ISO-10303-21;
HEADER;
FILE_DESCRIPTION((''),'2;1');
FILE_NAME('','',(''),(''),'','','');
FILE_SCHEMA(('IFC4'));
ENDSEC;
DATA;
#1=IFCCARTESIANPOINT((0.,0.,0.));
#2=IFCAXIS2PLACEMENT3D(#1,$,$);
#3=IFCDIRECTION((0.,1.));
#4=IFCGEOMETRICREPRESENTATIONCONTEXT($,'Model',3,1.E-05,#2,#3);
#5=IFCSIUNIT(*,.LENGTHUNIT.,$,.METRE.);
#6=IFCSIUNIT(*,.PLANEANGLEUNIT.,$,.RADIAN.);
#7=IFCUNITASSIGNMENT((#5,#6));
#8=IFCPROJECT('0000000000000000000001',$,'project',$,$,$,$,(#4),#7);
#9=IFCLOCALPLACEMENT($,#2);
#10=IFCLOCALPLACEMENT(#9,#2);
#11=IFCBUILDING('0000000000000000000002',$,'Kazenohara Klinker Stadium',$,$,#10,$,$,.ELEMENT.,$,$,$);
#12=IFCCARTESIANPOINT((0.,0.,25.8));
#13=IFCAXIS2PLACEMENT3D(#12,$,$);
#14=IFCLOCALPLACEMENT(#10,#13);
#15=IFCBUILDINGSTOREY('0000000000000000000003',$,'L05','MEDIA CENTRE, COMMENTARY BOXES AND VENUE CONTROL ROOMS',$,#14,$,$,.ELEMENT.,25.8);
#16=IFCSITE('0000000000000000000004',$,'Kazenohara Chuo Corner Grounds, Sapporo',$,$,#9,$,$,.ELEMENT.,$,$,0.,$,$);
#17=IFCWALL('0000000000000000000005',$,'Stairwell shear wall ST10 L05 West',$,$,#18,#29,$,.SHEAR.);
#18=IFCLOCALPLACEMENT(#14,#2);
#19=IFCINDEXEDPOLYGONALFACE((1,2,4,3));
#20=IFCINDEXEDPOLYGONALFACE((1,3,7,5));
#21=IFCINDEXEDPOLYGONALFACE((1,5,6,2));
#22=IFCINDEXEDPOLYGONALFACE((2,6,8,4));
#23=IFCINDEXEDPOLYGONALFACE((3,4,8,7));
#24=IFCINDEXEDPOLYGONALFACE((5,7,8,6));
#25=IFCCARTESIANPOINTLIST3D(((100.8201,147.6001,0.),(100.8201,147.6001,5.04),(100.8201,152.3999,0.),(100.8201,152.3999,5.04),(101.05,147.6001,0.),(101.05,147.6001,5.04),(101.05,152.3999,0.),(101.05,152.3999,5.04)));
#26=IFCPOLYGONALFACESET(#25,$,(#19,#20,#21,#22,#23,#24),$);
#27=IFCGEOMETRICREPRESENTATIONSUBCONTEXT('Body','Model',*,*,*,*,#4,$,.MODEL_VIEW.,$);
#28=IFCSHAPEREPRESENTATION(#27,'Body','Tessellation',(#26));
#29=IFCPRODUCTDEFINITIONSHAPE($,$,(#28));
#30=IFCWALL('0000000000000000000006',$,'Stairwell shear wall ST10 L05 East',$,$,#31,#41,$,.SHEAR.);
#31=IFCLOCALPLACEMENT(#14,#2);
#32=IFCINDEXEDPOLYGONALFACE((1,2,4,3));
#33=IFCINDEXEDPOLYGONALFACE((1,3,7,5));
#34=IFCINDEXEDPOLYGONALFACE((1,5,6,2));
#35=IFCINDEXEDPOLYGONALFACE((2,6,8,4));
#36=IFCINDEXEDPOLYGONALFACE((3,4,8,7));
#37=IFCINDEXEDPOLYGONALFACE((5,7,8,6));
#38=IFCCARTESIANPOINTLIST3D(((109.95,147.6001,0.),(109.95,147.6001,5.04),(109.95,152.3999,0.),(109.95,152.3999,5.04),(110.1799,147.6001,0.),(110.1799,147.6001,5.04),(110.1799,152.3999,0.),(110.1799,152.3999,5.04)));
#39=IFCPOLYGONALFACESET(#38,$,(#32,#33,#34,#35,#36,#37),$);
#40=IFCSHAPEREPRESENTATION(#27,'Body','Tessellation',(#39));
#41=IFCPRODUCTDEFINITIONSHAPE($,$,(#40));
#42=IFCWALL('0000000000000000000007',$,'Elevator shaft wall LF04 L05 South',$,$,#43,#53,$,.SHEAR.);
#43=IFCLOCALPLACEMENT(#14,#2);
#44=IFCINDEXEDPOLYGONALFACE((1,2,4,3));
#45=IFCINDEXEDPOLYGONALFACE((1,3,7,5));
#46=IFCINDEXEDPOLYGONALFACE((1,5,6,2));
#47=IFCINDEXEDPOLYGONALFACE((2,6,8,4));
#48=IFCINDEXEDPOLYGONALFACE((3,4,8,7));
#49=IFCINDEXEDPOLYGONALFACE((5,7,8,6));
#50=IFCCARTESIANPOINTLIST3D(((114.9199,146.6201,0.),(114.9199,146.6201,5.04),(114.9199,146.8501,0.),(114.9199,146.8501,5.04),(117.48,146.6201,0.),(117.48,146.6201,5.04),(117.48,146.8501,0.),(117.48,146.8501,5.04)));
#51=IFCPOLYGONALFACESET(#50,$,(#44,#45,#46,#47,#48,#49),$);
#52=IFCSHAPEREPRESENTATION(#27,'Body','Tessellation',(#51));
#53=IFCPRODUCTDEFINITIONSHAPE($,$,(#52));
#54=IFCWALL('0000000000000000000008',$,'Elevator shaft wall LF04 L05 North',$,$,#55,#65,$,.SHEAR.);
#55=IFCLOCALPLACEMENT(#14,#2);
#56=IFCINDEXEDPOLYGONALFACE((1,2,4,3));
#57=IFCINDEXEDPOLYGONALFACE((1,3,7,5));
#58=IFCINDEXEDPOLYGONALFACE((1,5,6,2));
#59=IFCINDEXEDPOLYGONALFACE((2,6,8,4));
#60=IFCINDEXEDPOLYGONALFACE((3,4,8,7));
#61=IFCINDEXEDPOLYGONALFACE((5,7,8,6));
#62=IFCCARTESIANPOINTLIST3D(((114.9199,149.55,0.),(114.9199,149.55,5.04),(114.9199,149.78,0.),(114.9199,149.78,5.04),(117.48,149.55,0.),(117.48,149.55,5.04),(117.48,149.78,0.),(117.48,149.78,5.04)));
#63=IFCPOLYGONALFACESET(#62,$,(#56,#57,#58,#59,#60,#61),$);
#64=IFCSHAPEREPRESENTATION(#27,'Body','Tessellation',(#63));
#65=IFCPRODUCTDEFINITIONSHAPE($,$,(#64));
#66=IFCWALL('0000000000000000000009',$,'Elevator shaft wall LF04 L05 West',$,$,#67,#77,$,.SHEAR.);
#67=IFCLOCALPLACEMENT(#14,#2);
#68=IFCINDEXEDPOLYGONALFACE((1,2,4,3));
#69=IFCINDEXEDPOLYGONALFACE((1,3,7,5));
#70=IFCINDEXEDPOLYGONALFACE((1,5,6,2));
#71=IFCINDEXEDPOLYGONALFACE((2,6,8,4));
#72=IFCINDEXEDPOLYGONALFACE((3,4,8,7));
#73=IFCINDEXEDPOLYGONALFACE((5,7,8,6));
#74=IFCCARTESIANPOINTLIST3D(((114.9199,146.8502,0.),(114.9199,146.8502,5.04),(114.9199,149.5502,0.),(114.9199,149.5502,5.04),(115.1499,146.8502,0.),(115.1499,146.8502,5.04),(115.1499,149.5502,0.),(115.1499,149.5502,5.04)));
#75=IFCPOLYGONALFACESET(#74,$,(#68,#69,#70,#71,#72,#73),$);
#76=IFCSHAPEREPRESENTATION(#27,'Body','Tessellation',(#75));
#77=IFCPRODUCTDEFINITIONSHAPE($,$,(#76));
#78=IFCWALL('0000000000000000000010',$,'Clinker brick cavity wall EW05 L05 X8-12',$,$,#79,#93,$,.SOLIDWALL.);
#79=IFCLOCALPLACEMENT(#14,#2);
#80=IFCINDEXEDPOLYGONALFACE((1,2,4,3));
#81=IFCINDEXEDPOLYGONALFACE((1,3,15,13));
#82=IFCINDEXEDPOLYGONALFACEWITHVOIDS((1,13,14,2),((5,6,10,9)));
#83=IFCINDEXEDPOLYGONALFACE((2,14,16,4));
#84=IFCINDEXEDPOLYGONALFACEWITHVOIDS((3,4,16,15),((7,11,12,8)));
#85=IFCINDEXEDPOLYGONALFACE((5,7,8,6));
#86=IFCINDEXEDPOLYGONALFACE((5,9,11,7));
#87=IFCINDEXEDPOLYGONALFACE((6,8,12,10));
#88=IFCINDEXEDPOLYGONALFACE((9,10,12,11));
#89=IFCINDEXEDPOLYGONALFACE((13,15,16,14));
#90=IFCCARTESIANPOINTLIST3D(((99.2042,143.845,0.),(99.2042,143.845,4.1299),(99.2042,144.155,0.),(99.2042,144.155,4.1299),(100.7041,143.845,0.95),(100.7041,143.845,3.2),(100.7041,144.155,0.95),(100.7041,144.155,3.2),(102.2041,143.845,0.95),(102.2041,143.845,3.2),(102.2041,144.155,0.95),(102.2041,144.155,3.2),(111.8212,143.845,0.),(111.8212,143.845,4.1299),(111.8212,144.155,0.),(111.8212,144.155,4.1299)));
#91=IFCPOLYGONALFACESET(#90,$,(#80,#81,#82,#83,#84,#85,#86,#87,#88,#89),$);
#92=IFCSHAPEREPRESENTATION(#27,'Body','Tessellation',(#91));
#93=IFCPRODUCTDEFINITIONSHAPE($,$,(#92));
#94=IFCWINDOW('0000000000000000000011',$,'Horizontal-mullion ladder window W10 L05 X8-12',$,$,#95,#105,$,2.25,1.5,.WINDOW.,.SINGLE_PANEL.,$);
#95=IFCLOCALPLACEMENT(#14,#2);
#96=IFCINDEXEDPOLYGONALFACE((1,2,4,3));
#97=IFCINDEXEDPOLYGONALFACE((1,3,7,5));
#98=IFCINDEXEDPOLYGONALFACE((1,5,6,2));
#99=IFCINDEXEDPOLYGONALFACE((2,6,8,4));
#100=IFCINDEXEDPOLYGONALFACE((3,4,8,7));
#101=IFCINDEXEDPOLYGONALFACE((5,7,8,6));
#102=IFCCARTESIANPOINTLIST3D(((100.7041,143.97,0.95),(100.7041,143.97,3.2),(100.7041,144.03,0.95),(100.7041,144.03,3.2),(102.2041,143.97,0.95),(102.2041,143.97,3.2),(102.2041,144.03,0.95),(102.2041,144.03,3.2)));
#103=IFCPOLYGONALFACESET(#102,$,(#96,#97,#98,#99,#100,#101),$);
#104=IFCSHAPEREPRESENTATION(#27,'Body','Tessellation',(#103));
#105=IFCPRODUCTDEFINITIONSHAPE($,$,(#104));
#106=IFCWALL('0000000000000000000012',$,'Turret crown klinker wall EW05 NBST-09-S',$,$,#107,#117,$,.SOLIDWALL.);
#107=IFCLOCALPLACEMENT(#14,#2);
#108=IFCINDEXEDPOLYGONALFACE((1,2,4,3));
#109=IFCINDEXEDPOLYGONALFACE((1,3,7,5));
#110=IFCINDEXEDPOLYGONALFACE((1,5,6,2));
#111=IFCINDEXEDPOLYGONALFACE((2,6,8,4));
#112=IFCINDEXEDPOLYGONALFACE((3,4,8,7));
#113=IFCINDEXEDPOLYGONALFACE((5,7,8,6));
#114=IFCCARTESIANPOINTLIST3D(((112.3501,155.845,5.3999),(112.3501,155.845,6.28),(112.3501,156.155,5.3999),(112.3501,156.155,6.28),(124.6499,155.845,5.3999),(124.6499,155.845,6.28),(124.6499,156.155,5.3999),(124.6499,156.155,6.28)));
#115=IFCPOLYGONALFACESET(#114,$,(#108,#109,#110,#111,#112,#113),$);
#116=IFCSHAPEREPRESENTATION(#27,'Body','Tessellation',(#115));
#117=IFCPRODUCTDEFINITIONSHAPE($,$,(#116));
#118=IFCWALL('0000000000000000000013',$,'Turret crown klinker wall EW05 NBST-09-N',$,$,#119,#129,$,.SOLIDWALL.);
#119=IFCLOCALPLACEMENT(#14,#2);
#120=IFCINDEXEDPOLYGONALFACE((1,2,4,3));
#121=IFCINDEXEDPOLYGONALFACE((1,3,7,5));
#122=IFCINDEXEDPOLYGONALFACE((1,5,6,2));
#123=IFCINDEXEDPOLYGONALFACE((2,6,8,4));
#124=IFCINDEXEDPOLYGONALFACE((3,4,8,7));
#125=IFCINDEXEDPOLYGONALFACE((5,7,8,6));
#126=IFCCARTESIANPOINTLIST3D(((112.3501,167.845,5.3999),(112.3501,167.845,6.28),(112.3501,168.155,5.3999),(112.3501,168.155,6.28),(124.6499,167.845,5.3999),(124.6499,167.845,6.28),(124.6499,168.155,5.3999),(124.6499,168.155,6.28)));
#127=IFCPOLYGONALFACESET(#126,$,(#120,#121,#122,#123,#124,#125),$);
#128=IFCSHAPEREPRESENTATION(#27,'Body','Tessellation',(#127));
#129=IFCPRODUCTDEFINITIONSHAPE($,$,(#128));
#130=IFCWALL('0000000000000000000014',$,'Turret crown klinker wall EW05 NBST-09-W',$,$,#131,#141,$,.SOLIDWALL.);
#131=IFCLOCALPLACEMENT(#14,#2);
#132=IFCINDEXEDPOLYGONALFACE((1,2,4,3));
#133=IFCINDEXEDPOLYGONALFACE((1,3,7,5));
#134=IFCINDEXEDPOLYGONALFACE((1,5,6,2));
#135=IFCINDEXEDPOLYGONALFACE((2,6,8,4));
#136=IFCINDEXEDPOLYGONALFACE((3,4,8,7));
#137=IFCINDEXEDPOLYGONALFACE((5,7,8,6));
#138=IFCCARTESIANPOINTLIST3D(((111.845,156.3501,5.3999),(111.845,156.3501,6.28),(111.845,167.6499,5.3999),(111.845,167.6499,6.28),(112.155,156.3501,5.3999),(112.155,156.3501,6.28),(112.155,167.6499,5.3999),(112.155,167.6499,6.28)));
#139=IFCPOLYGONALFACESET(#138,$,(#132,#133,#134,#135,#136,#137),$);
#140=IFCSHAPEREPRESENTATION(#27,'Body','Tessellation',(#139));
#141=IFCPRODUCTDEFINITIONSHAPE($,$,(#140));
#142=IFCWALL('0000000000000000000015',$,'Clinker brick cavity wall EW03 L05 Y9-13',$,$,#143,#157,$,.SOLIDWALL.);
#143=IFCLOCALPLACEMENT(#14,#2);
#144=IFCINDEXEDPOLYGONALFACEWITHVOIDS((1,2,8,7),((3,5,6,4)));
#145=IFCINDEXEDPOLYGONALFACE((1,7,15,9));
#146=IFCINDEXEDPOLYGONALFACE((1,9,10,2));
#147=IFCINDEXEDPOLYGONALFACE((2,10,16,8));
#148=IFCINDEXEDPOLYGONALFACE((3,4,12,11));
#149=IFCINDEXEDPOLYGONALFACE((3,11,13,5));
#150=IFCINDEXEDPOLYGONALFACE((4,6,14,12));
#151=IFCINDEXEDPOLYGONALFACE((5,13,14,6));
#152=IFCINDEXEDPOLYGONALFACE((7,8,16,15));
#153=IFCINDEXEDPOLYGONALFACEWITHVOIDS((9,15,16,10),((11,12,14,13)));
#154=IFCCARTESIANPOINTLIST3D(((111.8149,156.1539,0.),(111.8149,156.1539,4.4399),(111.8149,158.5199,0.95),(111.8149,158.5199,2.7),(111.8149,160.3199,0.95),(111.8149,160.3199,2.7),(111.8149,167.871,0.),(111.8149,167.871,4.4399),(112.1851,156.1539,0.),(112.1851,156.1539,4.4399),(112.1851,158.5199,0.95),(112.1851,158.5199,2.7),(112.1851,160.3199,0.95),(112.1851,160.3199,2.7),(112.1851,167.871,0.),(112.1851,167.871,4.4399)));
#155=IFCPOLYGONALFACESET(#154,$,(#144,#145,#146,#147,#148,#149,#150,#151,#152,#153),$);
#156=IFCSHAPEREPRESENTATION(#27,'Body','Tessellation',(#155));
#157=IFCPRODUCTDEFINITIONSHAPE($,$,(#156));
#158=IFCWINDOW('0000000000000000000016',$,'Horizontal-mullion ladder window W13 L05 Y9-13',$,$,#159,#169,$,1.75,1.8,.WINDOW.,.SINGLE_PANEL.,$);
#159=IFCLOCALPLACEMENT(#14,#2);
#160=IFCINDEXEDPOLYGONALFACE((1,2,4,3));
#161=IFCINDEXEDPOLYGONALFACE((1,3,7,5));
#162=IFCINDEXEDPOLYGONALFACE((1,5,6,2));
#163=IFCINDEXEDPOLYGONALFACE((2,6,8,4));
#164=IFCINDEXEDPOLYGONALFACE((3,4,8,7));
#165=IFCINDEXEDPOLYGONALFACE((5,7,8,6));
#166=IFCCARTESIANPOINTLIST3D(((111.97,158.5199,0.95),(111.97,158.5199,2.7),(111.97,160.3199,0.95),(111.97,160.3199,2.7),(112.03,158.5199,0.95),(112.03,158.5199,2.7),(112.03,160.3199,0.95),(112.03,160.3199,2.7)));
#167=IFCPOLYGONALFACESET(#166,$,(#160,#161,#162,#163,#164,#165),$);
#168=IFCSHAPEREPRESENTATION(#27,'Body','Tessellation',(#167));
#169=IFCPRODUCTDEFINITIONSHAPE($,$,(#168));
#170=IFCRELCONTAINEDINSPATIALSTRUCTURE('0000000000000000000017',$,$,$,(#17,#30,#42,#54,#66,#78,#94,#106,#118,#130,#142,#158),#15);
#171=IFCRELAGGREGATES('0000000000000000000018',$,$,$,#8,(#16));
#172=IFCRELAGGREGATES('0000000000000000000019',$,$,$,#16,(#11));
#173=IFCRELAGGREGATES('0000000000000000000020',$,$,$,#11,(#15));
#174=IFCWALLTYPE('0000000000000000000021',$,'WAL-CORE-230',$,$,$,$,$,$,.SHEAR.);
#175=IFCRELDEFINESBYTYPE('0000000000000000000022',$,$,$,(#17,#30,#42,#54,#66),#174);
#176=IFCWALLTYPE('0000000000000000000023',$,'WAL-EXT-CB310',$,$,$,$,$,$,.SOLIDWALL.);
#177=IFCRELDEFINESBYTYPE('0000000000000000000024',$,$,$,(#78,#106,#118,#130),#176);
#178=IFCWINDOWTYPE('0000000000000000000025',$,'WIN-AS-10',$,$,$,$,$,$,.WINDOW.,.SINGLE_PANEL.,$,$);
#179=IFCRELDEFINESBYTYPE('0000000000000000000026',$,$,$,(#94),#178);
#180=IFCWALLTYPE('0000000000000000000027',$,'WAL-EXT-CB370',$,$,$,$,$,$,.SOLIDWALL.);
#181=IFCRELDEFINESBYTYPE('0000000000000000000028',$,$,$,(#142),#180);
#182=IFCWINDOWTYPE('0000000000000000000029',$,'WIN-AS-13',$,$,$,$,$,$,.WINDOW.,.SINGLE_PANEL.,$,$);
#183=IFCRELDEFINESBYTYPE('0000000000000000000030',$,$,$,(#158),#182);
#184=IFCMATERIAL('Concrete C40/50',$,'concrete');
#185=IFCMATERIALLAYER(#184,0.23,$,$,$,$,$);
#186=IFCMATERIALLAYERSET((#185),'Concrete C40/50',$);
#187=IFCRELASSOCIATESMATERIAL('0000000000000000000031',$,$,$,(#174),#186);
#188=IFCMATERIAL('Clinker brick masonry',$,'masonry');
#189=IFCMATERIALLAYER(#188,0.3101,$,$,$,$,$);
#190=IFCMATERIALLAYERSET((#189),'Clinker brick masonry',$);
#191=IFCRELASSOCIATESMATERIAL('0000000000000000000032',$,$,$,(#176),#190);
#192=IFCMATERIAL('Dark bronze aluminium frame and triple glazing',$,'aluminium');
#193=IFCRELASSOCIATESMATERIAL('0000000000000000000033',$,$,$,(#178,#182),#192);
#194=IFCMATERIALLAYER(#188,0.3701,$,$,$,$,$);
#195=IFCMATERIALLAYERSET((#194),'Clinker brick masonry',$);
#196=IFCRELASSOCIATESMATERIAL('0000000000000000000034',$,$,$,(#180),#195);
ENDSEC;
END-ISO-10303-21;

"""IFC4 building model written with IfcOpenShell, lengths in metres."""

from ifc_helpers import new_model, si_unit, direction, frame, frame_2d, origin, place, context, subcontext, project, spatial, rectangle, extrude, material, layer, layer_set, type_object, element, fill, save


model = new_model("IFC4")

# Units and contexts
model_context = context("Model", 3, precision=1e-05, world=origin(), true_north=direction((0.0, 1.0)))
body_context = subcontext(model_context, "Body", "Model", "MODEL_VIEW")
ifc_project = project(units=[si_unit("LENGTHUNIT", "METRE"), si_unit("PLANEANGLEUNIT", "RADIAN")], contexts=[model_context])

# Site, building, storey
site_placement = place(None, origin())
site = spatial("IfcSite", under=ifc_project, at=site_placement, Name="Kazenohara Chuo Corner Grounds, Sapporo", CompositionType="ELEMENT", RefElevation=0.0)
building_placement = place(site_placement, origin())
building = spatial("IfcBuilding", under=site, at=building_placement, Name="Kazenohara Klinker Stadium", CompositionType="ELEMENT")
storey_placement = place(building_placement, frame((0.0, 0.0, 25.8)))
storey = spatial("IfcBuildingStorey", under=building, at=storey_placement, Name="L05", Description="MEDIA CENTRE, COMMENTARY BOXES AND VENUE CONTROL ROOMS", CompositionType="ELEMENT", Elevation=25.8)

# Shared definitions
ifc_material_1 = material(Name="Concrete C40/50", Category="concrete")

# Shared definitions
ifc_layer_1 = layer(ifc_material_1, 0.23)
ifc_layer_set_1 = layer_set([ifc_layer_1], Name="Concrete C40/50")
wall_type_1 = type_object("IfcWallType", Name="WAL-CORE-230", PredefinedType="SHEAR", material=ifc_layer_set_1)

# Walls
for number, where, z_axis, x_axis, name in (
    (1, (100.9351, 147.6001, 0.0), (0.0, 0.0, 1.0), (0.0, 1.0, 0.0), "Stairwell shear wall ST10 L05 West"),
    (2, (110.0649, 147.6001, 0.0), (0.0, 0.0, 1.0), (0.0, 1.0, 0.0), "Stairwell shear wall ST10 L05 East"),
):
    element("IfcWall", number, at=place(storey_placement, frame(where, z_axis=z_axis, x_axis=x_axis)), inside=storey, type_object=wall_type_1, Name=name, PredefinedType="SHEAR", context=body_context, shape_type="SweptSolid", body=[
        extrude(rectangle(XDim=4.7998, YDim=0.23, at=frame_2d((2.3999, 0.0))), origin(), (0.0, 0.0, 1.0), 5.04),
    ])
for number, where, z_axis, x_axis, name in (
    (3, (114.9199, 146.7351, 0.0), (0.0, 0.0, 1.0), (1.0, 0.0, 0.0), "Elevator shaft wall LF04 L05 South"),
    (4, (114.9199, 149.665, 0.0), (0.0, 0.0, 1.0), (1.0, 0.0, 0.0), "Elevator shaft wall LF04 L05 North"),
):
    element("IfcWall", number, at=place(storey_placement, frame(where, z_axis=z_axis, x_axis=x_axis)), inside=storey, type_object=wall_type_1, Name=name, PredefinedType="SHEAR", context=body_context, shape_type="SweptSolid", body=[
        extrude(rectangle(XDim=2.5601, YDim=0.23, at=frame_2d((1.28, 0.0))), origin(), (0.0, 0.0, 1.0), 5.04),
    ])
wall_1_placement = place(storey_placement, frame((115.0349, 146.8501, 0.0), z_axis=(0.0, 0.0, 1.0), x_axis=(0.0, 1.0, 0.0)))
element("IfcWall", 5, at=wall_1_placement, inside=storey, type_object=wall_type_1, Name="Elevator shaft wall LF04 L05 West", PredefinedType="SHEAR", context=body_context, shape_type="SweptSolid", body=[
    extrude(rectangle(XDim=2.7, YDim=0.23, at=frame_2d((1.3501, 0.0))), origin(), (0.0, 0.0, 1.0), 5.04),
])

# Wall, opening, window
ifc_material_2 = material(Name="Clinker brick masonry", Category="masonry")
ifc_layer_2 = layer(ifc_material_2, 0.3101)
ifc_layer_set_2 = layer_set([ifc_layer_2], Name="Clinker brick masonry")
wall_type_2 = type_object("IfcWallType", Name="WAL-EXT-CB310", PredefinedType="SOLIDWALL", material=ifc_layer_set_2)
wall_2_placement = place(storey_placement, frame((99.2041, 144.0, 0.0), z_axis=(0.0, 0.0, 1.0), x_axis=(1.0, 0.0, 0.0)))
wall_2 = element("IfcWall", 6, at=wall_2_placement, inside=storey, type_object=wall_type_2, Name="Clinker brick cavity wall EW05 L05 X8-12", PredefinedType="SOLIDWALL", context=body_context, shape_type="SweptSolid", body=[
    extrude(rectangle(XDim=12.6169, YDim=0.3101, at=frame_2d((6.3086, 0.0))), origin(), (0.0, 0.0, 1.0), 4.1299),
])
opening_1_placement = place(wall_2_placement, frame((1.5, 0.0, 0.95)))
opening_1 = element("IfcOpeningElement", 7, at=opening_1_placement, cuts=wall_2, PredefinedType="OPENING", context=body_context, shape_type="SweptSolid", body=[
    extrude(rectangle(XDim=1.5, YDim=2.25, at=frame_2d((0.75, 1.125))), frame((0.0, 0.165, 0.0), z_axis=(0.0, -1.0, 0.0), x_axis=(1.0, 0.0, 0.0)), (0.0, 0.0, 1.0), 0.3301),
])
ifc_material_3 = material(Name="Dark bronze aluminium frame and triple glazing", Category="aluminium")
window_type_1 = type_object("IfcWindowType", Name="WIN-AS-10", PartitioningType="SINGLE_PANEL", PredefinedType="WINDOW", material=ifc_material_3)
window_1_placement = place(opening_1_placement, origin())
window_1 = element("IfcWindow", 8, at=window_1_placement, inside=storey, type_object=window_type_1, Name="Horizontal-mullion ladder window W10 L05 X8-12", OverallHeight=2.25, OverallWidth=1.5, PartitioningType="SINGLE_PANEL", PredefinedType="WINDOW", context=body_context, shape_type="SweptSolid", body=[
    extrude(rectangle(XDim=1.5, YDim=2.25, at=frame_2d((0.75, 1.125))), frame((0.0, 0.03, 0.0), z_axis=(0.0, -1.0, 0.0), x_axis=(1.0, 0.0, 0.0)), (0.0, 0.0, 1.0), 0.0601),
])
fill(opening_1, window_1)

# Walls
for number, where, z_axis, x_axis, name in (
    (9, (112.3501, 156.0, 5.3999), (0.0, 0.0, 1.0), (1.0, 0.0, 0.0), "Turret crown klinker wall EW05 NBST-09-S"),
    (10, (112.3501, 168.0, 5.3999), (0.0, 0.0, 1.0), (1.0, 0.0, 0.0), "Turret crown klinker wall EW05 NBST-09-N"),
):
    element("IfcWall", number, at=place(storey_placement, frame(where, z_axis=z_axis, x_axis=x_axis)), inside=storey, type_object=wall_type_2, Name=name, PredefinedType="SOLIDWALL", context=body_context, shape_type="SweptSolid", body=[
        extrude(rectangle(XDim=12.2998, YDim=0.3101, at=frame_2d((6.1499, 0.0))), origin(), (0.0, 0.0, 1.0), 0.8801),
    ])
wall_3_placement = place(storey_placement, frame((112.0, 156.3501, 5.3999), z_axis=(0.0, 0.0, 1.0), x_axis=(0.0, 1.0, 0.0)))
element("IfcWall", 11, at=wall_3_placement, inside=storey, type_object=wall_type_2, Name="Turret crown klinker wall EW05 NBST-09-W", PredefinedType="SOLIDWALL", context=body_context, shape_type="SweptSolid", body=[
    extrude(rectangle(XDim=11.2998, YDim=0.3101, at=frame_2d((5.6499, 0.0))), origin(), (0.0, 0.0, 1.0), 0.8801),
])

# Wall, opening, window
ifc_layer_3 = layer(ifc_material_2, 0.3701)
ifc_layer_set_3 = layer_set([ifc_layer_3], Name="Clinker brick masonry")
wall_type_3 = type_object("IfcWallType", Name="WAL-EXT-CB370", PredefinedType="SOLIDWALL", material=ifc_layer_set_3)
wall_4_placement = place(storey_placement, frame((112.0, 156.1541, 0.0), z_axis=(0.0, 0.0, 1.0), x_axis=(0.0, 1.0, 0.0)))
wall_4 = element("IfcWall", 12, at=wall_4_placement, inside=storey, type_object=wall_type_3, Name="Clinker brick cavity wall EW03 L05 Y9-13", PredefinedType="SOLIDWALL", context=body_context, shape_type="SweptSolid", body=[
    extrude(rectangle(XDim=11.717, YDim=0.3701, at=frame_2d((5.8584, 0.0))), origin(), (0.0, 0.0, 1.0), 4.4399),
])
opening_2_placement = place(wall_4_placement, frame((2.366, 0.0, 0.95)))
opening_2 = element("IfcOpeningElement", 13, at=opening_2_placement, cuts=wall_4, PredefinedType="OPENING", context=body_context, shape_type="SweptSolid", body=[
    extrude(rectangle(XDim=1.8, YDim=1.75, at=frame_2d((0.8999, 0.875))), frame((0.0, 0.1951, 0.0), z_axis=(0.0, -1.0, 0.0), x_axis=(1.0, 0.0, 0.0)), (0.0, 0.0, 1.0), 0.3901),
])
window_type_2 = type_object("IfcWindowType", Name="WIN-AS-13", PartitioningType="SINGLE_PANEL", PredefinedType="WINDOW", material=ifc_material_3)
window_2_placement = place(opening_2_placement, origin())
window_2 = element("IfcWindow", 14, at=window_2_placement, inside=storey, type_object=window_type_2, Name="Horizontal-mullion ladder window W13 L05 Y9-13", OverallHeight=1.75, OverallWidth=1.8, PartitioningType="SINGLE_PANEL", PredefinedType="WINDOW", context=body_context, shape_type="SweptSolid", body=[
    extrude(rectangle(XDim=1.8, YDim=1.75, at=frame_2d((0.8999, 0.875))), frame((0.0, 0.03, 0.0), z_axis=(0.0, -1.0, 0.0), x_axis=(1.0, 0.0, 0.0)), (0.0, 0.0, 1.0), 0.0601),
])
fill(opening_2, window_2)

save(model, "model.ifc")
